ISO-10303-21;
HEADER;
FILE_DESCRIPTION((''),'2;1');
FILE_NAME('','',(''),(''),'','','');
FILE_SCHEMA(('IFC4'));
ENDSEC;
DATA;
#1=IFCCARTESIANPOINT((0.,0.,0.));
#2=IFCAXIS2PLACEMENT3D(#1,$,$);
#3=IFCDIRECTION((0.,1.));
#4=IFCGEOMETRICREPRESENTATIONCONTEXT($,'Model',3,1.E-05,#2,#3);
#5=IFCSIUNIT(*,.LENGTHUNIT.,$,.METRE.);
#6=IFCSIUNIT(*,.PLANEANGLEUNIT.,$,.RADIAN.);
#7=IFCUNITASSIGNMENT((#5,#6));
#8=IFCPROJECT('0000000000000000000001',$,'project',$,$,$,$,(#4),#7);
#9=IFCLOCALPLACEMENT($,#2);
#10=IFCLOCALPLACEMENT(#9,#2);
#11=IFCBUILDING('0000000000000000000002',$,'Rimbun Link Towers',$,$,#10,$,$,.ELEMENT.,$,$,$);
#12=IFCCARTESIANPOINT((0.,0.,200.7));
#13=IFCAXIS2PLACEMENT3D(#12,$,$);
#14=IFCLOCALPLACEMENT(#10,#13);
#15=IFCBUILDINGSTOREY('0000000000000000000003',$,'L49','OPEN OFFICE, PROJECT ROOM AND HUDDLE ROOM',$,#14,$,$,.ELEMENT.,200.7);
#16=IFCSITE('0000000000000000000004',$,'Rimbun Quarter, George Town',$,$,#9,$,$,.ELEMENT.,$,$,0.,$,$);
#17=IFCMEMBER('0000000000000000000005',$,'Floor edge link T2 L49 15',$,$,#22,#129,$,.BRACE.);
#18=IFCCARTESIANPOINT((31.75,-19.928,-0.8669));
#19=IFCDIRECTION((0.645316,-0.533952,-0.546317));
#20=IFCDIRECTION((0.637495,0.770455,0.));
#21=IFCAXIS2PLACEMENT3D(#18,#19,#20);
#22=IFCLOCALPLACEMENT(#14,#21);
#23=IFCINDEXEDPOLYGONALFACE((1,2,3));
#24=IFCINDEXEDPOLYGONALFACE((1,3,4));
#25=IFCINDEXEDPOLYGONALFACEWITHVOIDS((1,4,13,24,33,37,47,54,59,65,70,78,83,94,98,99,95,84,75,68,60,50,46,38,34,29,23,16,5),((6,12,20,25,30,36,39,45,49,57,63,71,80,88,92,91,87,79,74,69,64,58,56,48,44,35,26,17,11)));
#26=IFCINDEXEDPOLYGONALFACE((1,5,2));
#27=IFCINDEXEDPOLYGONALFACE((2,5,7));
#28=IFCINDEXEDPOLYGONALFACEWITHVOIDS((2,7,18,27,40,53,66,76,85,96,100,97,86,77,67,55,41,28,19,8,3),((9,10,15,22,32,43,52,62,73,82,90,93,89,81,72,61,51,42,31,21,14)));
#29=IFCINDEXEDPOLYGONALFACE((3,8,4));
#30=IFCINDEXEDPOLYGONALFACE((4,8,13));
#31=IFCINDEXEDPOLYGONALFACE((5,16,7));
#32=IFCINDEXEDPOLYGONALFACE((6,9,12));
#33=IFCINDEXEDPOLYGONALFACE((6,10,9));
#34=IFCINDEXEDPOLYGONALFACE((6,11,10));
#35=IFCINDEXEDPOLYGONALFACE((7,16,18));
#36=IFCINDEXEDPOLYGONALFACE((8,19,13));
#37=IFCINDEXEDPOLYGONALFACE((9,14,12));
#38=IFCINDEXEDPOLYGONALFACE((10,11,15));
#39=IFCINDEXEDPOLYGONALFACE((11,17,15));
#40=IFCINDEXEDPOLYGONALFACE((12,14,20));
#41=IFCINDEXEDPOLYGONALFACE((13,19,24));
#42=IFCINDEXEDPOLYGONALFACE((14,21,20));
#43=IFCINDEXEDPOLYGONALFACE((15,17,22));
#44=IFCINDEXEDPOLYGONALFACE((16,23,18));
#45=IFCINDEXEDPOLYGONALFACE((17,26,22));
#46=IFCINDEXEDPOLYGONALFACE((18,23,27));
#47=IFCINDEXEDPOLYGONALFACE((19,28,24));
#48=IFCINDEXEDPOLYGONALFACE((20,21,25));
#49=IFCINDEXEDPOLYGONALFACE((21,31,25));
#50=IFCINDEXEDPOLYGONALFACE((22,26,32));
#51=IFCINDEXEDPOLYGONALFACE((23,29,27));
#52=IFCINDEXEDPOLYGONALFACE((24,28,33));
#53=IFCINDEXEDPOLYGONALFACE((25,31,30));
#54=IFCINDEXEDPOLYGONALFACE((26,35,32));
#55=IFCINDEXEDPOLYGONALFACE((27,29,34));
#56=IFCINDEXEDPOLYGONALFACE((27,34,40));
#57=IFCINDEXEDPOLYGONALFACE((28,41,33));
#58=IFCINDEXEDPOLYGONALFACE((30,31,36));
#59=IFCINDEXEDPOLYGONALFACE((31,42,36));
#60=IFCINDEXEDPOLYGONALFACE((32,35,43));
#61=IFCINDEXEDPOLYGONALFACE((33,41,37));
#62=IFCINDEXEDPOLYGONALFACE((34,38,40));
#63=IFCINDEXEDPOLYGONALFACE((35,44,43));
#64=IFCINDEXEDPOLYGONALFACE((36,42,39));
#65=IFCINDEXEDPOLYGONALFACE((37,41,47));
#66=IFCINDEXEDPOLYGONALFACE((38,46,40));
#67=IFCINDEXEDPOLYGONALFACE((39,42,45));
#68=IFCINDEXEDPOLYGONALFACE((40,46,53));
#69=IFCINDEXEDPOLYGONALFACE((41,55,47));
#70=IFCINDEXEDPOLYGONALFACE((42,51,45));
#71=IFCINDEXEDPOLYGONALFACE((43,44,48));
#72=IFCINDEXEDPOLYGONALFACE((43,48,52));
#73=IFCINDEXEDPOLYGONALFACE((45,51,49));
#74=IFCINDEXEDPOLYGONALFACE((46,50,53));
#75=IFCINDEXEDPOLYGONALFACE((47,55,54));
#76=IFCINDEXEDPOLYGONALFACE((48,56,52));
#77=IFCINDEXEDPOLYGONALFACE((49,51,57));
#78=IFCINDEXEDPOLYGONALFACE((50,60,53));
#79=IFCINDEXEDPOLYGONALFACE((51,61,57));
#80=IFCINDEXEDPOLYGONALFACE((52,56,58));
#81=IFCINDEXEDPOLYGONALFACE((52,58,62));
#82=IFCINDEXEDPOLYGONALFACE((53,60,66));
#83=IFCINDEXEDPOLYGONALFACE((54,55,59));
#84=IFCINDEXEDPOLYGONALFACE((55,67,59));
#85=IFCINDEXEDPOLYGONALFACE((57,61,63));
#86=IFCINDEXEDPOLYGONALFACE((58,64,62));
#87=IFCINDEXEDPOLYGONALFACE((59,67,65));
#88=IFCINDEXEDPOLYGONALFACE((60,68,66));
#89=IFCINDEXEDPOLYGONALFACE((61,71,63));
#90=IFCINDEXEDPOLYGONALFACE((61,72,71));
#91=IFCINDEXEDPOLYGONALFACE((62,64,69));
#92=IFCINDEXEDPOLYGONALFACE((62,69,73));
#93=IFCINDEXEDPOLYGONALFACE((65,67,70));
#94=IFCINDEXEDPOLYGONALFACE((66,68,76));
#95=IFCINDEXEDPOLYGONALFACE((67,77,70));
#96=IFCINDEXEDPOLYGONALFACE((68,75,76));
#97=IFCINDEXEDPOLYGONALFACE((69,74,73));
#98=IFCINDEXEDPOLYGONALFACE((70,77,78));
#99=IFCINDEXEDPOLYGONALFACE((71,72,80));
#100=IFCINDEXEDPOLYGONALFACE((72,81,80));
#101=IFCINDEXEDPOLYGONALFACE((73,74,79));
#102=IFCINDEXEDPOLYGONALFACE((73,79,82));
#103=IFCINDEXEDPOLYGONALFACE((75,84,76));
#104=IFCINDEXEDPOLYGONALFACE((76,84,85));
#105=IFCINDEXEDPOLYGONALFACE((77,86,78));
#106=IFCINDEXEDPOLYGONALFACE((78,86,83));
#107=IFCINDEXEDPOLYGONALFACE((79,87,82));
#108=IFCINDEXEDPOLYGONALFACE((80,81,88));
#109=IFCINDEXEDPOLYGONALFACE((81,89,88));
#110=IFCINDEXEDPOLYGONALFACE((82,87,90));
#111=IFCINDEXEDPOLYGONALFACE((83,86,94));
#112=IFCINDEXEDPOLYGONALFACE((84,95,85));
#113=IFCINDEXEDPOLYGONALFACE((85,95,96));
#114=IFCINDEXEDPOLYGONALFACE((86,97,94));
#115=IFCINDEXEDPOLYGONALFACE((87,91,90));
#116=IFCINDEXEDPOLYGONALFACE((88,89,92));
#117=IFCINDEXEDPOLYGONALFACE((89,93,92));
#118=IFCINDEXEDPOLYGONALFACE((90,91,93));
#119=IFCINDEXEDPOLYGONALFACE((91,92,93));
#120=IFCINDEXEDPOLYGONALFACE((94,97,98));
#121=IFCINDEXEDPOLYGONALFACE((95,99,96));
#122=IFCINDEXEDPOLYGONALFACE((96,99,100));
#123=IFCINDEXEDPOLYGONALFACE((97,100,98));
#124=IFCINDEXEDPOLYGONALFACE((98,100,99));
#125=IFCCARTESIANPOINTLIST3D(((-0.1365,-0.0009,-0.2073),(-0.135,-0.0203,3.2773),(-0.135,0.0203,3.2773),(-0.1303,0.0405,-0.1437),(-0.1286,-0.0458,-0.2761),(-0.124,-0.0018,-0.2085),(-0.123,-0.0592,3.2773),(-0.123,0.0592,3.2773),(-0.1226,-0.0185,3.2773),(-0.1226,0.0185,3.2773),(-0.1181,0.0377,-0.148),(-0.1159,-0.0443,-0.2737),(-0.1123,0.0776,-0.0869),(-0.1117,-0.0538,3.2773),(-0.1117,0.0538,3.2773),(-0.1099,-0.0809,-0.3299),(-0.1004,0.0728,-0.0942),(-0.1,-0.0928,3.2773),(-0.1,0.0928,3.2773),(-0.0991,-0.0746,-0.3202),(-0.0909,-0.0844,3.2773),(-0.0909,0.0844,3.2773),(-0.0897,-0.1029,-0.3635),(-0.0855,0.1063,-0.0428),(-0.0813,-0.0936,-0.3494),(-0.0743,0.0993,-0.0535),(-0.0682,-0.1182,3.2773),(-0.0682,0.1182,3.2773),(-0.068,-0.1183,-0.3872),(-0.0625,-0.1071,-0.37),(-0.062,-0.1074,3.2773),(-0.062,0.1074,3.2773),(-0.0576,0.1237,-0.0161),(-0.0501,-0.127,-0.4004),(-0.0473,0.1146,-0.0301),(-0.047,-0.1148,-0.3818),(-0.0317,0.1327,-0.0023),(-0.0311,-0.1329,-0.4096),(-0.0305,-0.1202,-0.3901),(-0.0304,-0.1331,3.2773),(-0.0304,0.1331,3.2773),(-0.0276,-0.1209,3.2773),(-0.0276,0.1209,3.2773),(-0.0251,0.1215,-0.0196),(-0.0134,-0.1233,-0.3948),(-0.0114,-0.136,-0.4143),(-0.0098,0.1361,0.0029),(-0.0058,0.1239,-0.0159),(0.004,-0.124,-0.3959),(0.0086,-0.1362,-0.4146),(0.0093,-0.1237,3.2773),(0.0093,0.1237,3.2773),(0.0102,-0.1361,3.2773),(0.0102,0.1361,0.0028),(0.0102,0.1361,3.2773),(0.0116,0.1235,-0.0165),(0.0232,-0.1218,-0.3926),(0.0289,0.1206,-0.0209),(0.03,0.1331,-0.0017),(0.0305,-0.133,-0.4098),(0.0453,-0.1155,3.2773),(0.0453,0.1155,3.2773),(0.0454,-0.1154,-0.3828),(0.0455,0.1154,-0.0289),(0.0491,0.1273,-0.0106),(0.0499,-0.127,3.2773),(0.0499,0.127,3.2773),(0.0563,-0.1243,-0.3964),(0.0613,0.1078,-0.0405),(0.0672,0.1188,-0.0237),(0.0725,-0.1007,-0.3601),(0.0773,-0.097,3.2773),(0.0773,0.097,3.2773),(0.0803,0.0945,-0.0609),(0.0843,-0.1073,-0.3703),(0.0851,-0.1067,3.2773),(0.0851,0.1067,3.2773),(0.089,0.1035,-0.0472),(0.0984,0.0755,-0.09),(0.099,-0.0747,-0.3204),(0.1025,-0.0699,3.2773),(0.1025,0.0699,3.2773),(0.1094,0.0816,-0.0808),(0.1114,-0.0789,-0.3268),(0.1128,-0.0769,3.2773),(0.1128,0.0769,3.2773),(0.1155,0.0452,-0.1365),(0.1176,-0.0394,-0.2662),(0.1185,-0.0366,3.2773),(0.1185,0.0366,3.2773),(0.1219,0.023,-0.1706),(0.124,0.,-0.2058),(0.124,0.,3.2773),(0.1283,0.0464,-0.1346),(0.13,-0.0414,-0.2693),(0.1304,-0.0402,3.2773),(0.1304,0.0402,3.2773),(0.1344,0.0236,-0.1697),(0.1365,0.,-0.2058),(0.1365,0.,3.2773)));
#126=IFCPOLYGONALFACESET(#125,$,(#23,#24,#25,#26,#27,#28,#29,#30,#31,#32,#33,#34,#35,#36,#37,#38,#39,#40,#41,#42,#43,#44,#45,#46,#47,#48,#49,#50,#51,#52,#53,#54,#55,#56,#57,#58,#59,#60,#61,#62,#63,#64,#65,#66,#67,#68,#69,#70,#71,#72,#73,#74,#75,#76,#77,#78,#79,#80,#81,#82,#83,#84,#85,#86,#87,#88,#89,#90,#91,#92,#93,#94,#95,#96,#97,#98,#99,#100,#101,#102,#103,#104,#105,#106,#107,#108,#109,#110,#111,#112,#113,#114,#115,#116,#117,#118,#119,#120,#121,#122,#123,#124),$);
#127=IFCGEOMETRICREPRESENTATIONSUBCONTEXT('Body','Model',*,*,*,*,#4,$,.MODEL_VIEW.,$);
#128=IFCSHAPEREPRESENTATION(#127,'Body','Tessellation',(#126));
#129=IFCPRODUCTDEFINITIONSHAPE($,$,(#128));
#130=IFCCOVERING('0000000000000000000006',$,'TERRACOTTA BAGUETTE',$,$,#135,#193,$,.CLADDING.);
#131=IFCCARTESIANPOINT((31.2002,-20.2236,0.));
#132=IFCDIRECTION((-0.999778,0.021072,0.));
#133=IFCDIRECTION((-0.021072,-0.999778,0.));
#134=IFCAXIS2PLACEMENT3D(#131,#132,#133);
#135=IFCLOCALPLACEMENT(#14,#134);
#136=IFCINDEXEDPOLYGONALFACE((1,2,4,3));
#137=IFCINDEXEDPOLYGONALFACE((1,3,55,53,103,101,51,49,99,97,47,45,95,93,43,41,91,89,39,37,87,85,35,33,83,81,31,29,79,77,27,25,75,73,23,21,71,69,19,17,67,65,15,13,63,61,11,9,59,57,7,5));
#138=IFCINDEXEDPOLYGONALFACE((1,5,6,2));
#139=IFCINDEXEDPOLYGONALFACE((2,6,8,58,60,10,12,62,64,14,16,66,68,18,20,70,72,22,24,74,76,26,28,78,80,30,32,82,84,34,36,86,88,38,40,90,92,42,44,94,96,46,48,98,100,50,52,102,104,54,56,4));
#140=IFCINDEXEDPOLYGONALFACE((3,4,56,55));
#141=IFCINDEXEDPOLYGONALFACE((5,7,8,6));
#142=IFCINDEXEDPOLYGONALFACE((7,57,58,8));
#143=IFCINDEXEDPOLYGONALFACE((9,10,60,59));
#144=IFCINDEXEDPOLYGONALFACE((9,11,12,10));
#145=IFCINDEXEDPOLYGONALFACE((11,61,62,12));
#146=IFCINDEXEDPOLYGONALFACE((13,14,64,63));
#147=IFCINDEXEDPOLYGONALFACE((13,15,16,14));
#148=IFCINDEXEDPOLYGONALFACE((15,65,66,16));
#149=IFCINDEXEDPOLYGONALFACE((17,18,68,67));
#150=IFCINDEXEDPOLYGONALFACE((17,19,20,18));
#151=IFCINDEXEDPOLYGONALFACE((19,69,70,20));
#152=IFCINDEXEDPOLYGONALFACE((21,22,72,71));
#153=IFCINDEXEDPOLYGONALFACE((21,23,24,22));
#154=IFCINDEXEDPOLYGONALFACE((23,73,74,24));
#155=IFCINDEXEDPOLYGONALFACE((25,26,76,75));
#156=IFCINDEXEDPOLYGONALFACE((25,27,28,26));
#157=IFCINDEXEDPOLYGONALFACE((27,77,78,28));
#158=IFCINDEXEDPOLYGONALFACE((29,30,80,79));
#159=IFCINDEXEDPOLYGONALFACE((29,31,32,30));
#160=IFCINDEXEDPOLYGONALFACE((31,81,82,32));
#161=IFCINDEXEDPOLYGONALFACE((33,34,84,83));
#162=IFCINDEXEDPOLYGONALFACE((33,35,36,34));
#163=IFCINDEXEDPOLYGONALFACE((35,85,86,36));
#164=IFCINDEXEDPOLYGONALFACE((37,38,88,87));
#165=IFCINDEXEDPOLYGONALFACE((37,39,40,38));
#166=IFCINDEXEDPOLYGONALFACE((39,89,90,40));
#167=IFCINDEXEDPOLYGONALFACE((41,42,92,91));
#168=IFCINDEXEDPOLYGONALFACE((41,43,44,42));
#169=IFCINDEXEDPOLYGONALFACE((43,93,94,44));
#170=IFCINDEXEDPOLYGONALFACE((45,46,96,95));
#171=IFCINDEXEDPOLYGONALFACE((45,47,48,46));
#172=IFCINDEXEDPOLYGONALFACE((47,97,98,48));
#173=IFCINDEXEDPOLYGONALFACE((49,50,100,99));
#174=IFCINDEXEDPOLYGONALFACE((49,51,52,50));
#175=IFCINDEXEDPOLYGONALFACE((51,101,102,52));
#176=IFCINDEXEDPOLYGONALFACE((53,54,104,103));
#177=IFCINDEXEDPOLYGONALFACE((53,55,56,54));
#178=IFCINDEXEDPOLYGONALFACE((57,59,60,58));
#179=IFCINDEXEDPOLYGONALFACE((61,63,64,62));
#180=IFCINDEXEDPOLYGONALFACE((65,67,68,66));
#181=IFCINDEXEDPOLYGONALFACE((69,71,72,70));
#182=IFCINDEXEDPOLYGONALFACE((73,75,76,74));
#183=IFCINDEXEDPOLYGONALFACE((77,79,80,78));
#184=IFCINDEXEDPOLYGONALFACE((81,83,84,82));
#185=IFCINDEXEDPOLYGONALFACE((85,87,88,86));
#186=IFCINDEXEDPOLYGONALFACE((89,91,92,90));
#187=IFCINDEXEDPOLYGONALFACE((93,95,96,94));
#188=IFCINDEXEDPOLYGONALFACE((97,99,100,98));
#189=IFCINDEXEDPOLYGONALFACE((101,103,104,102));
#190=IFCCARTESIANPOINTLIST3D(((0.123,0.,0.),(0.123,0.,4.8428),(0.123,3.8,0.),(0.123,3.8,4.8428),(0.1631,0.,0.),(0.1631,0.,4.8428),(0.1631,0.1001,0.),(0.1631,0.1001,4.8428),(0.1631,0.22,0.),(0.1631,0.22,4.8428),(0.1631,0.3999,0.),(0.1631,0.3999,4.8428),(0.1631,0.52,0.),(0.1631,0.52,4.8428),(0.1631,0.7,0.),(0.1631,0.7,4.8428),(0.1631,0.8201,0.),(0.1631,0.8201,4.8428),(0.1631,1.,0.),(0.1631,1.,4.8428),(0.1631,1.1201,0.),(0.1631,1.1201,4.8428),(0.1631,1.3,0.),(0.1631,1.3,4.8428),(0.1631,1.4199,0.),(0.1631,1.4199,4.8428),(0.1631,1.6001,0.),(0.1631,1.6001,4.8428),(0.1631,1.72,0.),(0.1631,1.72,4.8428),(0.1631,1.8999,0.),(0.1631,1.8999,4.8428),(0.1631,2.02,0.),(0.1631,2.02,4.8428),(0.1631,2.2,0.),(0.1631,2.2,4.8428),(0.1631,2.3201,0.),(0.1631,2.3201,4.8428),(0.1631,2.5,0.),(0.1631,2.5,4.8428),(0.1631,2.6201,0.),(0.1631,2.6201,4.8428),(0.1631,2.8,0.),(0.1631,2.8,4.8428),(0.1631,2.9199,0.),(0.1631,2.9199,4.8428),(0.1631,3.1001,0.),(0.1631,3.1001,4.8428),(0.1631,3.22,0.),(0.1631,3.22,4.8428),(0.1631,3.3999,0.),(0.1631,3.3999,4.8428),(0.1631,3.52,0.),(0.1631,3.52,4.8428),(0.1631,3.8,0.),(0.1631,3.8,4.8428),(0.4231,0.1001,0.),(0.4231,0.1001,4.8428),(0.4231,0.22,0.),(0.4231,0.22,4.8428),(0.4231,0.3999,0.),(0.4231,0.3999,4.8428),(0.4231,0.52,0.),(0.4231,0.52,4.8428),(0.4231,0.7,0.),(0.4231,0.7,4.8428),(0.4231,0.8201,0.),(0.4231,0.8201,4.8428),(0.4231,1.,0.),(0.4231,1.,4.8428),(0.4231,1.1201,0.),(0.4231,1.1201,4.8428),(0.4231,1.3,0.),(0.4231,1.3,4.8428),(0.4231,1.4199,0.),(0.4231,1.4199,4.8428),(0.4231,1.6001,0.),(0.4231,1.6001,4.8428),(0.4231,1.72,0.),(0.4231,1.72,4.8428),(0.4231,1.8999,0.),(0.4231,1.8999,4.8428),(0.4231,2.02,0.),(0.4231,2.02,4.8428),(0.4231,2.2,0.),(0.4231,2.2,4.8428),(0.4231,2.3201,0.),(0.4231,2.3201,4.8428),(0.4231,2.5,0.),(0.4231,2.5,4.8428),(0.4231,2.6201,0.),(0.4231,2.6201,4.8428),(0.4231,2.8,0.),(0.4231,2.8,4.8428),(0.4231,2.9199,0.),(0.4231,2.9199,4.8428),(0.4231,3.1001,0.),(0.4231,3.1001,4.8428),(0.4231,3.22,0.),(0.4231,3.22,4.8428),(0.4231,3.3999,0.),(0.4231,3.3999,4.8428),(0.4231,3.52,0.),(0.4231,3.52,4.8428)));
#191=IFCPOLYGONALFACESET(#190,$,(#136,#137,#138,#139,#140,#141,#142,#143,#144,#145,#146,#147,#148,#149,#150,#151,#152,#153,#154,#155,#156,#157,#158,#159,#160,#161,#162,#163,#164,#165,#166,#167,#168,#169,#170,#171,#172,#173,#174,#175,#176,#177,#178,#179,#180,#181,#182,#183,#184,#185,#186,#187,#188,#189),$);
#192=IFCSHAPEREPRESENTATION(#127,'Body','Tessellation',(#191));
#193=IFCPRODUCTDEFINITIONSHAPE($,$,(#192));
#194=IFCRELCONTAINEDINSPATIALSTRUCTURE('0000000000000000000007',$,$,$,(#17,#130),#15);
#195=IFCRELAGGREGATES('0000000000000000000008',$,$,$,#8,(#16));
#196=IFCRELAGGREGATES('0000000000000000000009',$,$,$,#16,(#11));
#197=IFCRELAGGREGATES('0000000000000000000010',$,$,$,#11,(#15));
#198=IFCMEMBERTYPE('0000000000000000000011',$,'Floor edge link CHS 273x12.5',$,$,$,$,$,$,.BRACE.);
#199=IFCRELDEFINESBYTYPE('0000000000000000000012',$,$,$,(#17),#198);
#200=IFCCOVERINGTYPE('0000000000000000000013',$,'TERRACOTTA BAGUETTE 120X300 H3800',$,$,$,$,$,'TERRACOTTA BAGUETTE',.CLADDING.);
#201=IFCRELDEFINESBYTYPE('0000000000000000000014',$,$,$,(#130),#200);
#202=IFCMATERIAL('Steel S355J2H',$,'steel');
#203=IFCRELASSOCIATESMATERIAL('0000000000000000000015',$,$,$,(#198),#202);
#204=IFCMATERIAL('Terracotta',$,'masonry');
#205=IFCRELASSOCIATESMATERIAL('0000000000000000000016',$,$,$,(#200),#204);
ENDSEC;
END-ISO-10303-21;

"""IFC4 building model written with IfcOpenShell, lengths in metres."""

from ifc_helpers import new_model, si_unit, direction, frame, origin, origin_2d, place, context, subcontext, project, spatial, polyline, hollow_circle, outline, extrude, clip, halfspace, material, material_profile, profile_set, type_object, element, save


model = new_model("IFC4")

# Units and contexts
model_context = context("Model", 3, precision=1e-05, world=origin(), true_north=direction((0.0, 1.0)))
body_context = subcontext(model_context, "Body", "Model", "MODEL_VIEW")
ifc_project = project(units=[si_unit("LENGTHUNIT", "METRE"), si_unit("PLANEANGLEUNIT", "RADIAN")], contexts=[model_context])

# Site, building, storey
site_placement = place(None, origin())
site = spatial("IfcSite", under=ifc_project, at=site_placement, Name="Rimbun Quarter, George Town", CompositionType="ELEMENT", RefElevation=0.0)
building_placement = place(site_placement, origin())
building = spatial("IfcBuilding", under=site, at=building_placement, Name="Rimbun Link Towers", CompositionType="ELEMENT")
storey_placement = place(building_placement, frame((0.0, 0.0, 200.7)))
storey = spatial("IfcBuildingStorey", under=building, at=storey_placement, Name="L49", Description="OPEN OFFICE, PROJECT ROOM AND HUDDLE ROOM", CompositionType="ELEMENT", Elevation=200.7)

# Member
ifc_material_1 = material(Name="Steel S355J2H", Category="steel")
ifc_material_profile_1 = material_profile(ifc_material_1, hollow_circle(Radius=0.1365, WallThickness=0.0125, at=origin_2d()), Name="CHS 273x12.5")
ifc_profile_set_1 = profile_set([ifc_material_profile_1], Name="Steel S355J2H")
member_type_1 = type_object("IfcMemberType", Name="Floor edge link CHS 273x12.5", PredefinedType="BRACE", material=ifc_profile_set_1)
member_1_placement = place(storey_placement, frame((31.75, -19.928, -0.8669), z_axis=(0.645316, -0.533952, -0.546317), x_axis=(0.637495, 0.770455, 0.0)))
element("IfcMember", 1, at=member_1_placement, inside=storey, type_object=member_type_1, Name="Floor edge link T2 L49 15", PredefinedType="BRACE", context=body_context, shape_type="Clipping", body=[
    clip(extrude(hollow_circle(Radius=0.1365, WallThickness=0.0125, at=origin_2d()), frame((0.0, 0.0, -0.437)), (0.0, 0.0, 1.0), 3.7144), halfspace(frame((0.0, 0.0, -0.2058), z_axis=(0.0, 0.837578, -0.546317)), False)),
])

# Covering
ifc_material_2 = material(Name="Terracotta", Category="masonry")
ifc_material_profile_2 = material_profile(ifc_material_2, outline(polyline([(0.123, 0.0), (0.1631, 0.0), (0.1631, 0.1001), (0.4231, 0.1001), (0.4231, 0.22), (0.1631, 0.22), (0.1631, 0.3999), (0.4231, 0.3999), (0.4231, 0.52), (0.1631, 0.52), (0.1631, 0.7), (0.4231, 0.7), (0.4231, 0.8201), (0.1631, 0.8201), (0.1631, 1.0), (0.4231, 1.0), (0.4231, 1.1201), (0.1631, 1.1201), (0.1631, 1.3), (0.4231, 1.3), (0.4231, 1.4199), (0.1631, 1.4199), (0.1631, 1.6001), (0.4231, 1.6001), (0.4231, 1.72), (0.1631, 1.72), (0.1631, 1.8999), (0.4231, 1.8999), (0.4231, 2.02), (0.1631, 2.02), (0.1631, 2.2), (0.4231, 2.2), (0.4231, 2.3201), (0.1631, 2.3201), (0.1631, 2.5), (0.4231, 2.5), (0.4231, 2.6201), (0.1631, 2.6201), (0.1631, 2.8), (0.4231, 2.8), (0.4231, 2.9199), (0.1631, 2.9199), (0.1631, 3.1001), (0.4231, 3.1001), (0.4231, 3.22), (0.1631, 3.22), (0.1631, 3.3999), (0.4231, 3.3999), (0.4231, 3.52), (0.1631, 3.52), (0.1631, 3.8), (0.123, 3.8), (0.123, 0.0)])), Name="BAGUETTE 120X300")
ifc_profile_set_2 = profile_set([ifc_material_profile_2], Name="Terracotta")
covering_type = type_object("IfcCoveringType", Name="TERRACOTTA BAGUETTE 120X300 H3800", ElementType="TERRACOTTA BAGUETTE", PredefinedType="CLADDING", material=ifc_profile_set_2)
covering_1_placement = place(storey_placement, frame((31.2002, -20.2236, 0.0), z_axis=(-0.999778, 0.021072, 0.0), x_axis=(-0.021072, -0.999778, 0.0)))
element("IfcCovering", 2, at=covering_1_placement, inside=storey, type_object=covering_type, Name="TERRACOTTA BAGUETTE", PredefinedType="CLADDING", context=body_context, shape_type="SweptSolid", body=[
    extrude(outline(polyline([(0.123, 0.0), (0.1631, 0.0), (0.1631, 0.1001), (0.4231, 0.1001), (0.4231, 0.22), (0.1631, 0.22), (0.1631, 0.3999), (0.4231, 0.3999), (0.4231, 0.52), (0.1631, 0.52), (0.1631, 0.7), (0.4231, 0.7), (0.4231, 0.8201), (0.1631, 0.8201), (0.1631, 1.0), (0.4231, 1.0), (0.4231, 1.1201), (0.1631, 1.1201), (0.1631, 1.3), (0.4231, 1.3), (0.4231, 1.4199), (0.1631, 1.4199), (0.1631, 1.6001), (0.4231, 1.6001), (0.4231, 1.72), (0.1631, 1.72), (0.1631, 1.8999), (0.4231, 1.8999), (0.4231, 2.02), (0.1631, 2.02), (0.1631, 2.2), (0.4231, 2.2), (0.4231, 2.3201), (0.1631, 2.3201), (0.1631, 2.5), (0.4231, 2.5), (0.4231, 2.6201), (0.1631, 2.6201), (0.1631, 2.8), (0.4231, 2.8), (0.4231, 2.9199), (0.1631, 2.9199), (0.1631, 3.1001), (0.4231, 3.1001), (0.4231, 3.22), (0.1631, 3.22), (0.1631, 3.3999), (0.4231, 3.3999), (0.4231, 3.52), (0.1631, 3.52), (0.1631, 3.8), (0.123, 3.8), (0.123, 0.0)])), origin(), (0.0, 0.0, 1.0), 4.8428),
])

save(model, "model.ifc")
